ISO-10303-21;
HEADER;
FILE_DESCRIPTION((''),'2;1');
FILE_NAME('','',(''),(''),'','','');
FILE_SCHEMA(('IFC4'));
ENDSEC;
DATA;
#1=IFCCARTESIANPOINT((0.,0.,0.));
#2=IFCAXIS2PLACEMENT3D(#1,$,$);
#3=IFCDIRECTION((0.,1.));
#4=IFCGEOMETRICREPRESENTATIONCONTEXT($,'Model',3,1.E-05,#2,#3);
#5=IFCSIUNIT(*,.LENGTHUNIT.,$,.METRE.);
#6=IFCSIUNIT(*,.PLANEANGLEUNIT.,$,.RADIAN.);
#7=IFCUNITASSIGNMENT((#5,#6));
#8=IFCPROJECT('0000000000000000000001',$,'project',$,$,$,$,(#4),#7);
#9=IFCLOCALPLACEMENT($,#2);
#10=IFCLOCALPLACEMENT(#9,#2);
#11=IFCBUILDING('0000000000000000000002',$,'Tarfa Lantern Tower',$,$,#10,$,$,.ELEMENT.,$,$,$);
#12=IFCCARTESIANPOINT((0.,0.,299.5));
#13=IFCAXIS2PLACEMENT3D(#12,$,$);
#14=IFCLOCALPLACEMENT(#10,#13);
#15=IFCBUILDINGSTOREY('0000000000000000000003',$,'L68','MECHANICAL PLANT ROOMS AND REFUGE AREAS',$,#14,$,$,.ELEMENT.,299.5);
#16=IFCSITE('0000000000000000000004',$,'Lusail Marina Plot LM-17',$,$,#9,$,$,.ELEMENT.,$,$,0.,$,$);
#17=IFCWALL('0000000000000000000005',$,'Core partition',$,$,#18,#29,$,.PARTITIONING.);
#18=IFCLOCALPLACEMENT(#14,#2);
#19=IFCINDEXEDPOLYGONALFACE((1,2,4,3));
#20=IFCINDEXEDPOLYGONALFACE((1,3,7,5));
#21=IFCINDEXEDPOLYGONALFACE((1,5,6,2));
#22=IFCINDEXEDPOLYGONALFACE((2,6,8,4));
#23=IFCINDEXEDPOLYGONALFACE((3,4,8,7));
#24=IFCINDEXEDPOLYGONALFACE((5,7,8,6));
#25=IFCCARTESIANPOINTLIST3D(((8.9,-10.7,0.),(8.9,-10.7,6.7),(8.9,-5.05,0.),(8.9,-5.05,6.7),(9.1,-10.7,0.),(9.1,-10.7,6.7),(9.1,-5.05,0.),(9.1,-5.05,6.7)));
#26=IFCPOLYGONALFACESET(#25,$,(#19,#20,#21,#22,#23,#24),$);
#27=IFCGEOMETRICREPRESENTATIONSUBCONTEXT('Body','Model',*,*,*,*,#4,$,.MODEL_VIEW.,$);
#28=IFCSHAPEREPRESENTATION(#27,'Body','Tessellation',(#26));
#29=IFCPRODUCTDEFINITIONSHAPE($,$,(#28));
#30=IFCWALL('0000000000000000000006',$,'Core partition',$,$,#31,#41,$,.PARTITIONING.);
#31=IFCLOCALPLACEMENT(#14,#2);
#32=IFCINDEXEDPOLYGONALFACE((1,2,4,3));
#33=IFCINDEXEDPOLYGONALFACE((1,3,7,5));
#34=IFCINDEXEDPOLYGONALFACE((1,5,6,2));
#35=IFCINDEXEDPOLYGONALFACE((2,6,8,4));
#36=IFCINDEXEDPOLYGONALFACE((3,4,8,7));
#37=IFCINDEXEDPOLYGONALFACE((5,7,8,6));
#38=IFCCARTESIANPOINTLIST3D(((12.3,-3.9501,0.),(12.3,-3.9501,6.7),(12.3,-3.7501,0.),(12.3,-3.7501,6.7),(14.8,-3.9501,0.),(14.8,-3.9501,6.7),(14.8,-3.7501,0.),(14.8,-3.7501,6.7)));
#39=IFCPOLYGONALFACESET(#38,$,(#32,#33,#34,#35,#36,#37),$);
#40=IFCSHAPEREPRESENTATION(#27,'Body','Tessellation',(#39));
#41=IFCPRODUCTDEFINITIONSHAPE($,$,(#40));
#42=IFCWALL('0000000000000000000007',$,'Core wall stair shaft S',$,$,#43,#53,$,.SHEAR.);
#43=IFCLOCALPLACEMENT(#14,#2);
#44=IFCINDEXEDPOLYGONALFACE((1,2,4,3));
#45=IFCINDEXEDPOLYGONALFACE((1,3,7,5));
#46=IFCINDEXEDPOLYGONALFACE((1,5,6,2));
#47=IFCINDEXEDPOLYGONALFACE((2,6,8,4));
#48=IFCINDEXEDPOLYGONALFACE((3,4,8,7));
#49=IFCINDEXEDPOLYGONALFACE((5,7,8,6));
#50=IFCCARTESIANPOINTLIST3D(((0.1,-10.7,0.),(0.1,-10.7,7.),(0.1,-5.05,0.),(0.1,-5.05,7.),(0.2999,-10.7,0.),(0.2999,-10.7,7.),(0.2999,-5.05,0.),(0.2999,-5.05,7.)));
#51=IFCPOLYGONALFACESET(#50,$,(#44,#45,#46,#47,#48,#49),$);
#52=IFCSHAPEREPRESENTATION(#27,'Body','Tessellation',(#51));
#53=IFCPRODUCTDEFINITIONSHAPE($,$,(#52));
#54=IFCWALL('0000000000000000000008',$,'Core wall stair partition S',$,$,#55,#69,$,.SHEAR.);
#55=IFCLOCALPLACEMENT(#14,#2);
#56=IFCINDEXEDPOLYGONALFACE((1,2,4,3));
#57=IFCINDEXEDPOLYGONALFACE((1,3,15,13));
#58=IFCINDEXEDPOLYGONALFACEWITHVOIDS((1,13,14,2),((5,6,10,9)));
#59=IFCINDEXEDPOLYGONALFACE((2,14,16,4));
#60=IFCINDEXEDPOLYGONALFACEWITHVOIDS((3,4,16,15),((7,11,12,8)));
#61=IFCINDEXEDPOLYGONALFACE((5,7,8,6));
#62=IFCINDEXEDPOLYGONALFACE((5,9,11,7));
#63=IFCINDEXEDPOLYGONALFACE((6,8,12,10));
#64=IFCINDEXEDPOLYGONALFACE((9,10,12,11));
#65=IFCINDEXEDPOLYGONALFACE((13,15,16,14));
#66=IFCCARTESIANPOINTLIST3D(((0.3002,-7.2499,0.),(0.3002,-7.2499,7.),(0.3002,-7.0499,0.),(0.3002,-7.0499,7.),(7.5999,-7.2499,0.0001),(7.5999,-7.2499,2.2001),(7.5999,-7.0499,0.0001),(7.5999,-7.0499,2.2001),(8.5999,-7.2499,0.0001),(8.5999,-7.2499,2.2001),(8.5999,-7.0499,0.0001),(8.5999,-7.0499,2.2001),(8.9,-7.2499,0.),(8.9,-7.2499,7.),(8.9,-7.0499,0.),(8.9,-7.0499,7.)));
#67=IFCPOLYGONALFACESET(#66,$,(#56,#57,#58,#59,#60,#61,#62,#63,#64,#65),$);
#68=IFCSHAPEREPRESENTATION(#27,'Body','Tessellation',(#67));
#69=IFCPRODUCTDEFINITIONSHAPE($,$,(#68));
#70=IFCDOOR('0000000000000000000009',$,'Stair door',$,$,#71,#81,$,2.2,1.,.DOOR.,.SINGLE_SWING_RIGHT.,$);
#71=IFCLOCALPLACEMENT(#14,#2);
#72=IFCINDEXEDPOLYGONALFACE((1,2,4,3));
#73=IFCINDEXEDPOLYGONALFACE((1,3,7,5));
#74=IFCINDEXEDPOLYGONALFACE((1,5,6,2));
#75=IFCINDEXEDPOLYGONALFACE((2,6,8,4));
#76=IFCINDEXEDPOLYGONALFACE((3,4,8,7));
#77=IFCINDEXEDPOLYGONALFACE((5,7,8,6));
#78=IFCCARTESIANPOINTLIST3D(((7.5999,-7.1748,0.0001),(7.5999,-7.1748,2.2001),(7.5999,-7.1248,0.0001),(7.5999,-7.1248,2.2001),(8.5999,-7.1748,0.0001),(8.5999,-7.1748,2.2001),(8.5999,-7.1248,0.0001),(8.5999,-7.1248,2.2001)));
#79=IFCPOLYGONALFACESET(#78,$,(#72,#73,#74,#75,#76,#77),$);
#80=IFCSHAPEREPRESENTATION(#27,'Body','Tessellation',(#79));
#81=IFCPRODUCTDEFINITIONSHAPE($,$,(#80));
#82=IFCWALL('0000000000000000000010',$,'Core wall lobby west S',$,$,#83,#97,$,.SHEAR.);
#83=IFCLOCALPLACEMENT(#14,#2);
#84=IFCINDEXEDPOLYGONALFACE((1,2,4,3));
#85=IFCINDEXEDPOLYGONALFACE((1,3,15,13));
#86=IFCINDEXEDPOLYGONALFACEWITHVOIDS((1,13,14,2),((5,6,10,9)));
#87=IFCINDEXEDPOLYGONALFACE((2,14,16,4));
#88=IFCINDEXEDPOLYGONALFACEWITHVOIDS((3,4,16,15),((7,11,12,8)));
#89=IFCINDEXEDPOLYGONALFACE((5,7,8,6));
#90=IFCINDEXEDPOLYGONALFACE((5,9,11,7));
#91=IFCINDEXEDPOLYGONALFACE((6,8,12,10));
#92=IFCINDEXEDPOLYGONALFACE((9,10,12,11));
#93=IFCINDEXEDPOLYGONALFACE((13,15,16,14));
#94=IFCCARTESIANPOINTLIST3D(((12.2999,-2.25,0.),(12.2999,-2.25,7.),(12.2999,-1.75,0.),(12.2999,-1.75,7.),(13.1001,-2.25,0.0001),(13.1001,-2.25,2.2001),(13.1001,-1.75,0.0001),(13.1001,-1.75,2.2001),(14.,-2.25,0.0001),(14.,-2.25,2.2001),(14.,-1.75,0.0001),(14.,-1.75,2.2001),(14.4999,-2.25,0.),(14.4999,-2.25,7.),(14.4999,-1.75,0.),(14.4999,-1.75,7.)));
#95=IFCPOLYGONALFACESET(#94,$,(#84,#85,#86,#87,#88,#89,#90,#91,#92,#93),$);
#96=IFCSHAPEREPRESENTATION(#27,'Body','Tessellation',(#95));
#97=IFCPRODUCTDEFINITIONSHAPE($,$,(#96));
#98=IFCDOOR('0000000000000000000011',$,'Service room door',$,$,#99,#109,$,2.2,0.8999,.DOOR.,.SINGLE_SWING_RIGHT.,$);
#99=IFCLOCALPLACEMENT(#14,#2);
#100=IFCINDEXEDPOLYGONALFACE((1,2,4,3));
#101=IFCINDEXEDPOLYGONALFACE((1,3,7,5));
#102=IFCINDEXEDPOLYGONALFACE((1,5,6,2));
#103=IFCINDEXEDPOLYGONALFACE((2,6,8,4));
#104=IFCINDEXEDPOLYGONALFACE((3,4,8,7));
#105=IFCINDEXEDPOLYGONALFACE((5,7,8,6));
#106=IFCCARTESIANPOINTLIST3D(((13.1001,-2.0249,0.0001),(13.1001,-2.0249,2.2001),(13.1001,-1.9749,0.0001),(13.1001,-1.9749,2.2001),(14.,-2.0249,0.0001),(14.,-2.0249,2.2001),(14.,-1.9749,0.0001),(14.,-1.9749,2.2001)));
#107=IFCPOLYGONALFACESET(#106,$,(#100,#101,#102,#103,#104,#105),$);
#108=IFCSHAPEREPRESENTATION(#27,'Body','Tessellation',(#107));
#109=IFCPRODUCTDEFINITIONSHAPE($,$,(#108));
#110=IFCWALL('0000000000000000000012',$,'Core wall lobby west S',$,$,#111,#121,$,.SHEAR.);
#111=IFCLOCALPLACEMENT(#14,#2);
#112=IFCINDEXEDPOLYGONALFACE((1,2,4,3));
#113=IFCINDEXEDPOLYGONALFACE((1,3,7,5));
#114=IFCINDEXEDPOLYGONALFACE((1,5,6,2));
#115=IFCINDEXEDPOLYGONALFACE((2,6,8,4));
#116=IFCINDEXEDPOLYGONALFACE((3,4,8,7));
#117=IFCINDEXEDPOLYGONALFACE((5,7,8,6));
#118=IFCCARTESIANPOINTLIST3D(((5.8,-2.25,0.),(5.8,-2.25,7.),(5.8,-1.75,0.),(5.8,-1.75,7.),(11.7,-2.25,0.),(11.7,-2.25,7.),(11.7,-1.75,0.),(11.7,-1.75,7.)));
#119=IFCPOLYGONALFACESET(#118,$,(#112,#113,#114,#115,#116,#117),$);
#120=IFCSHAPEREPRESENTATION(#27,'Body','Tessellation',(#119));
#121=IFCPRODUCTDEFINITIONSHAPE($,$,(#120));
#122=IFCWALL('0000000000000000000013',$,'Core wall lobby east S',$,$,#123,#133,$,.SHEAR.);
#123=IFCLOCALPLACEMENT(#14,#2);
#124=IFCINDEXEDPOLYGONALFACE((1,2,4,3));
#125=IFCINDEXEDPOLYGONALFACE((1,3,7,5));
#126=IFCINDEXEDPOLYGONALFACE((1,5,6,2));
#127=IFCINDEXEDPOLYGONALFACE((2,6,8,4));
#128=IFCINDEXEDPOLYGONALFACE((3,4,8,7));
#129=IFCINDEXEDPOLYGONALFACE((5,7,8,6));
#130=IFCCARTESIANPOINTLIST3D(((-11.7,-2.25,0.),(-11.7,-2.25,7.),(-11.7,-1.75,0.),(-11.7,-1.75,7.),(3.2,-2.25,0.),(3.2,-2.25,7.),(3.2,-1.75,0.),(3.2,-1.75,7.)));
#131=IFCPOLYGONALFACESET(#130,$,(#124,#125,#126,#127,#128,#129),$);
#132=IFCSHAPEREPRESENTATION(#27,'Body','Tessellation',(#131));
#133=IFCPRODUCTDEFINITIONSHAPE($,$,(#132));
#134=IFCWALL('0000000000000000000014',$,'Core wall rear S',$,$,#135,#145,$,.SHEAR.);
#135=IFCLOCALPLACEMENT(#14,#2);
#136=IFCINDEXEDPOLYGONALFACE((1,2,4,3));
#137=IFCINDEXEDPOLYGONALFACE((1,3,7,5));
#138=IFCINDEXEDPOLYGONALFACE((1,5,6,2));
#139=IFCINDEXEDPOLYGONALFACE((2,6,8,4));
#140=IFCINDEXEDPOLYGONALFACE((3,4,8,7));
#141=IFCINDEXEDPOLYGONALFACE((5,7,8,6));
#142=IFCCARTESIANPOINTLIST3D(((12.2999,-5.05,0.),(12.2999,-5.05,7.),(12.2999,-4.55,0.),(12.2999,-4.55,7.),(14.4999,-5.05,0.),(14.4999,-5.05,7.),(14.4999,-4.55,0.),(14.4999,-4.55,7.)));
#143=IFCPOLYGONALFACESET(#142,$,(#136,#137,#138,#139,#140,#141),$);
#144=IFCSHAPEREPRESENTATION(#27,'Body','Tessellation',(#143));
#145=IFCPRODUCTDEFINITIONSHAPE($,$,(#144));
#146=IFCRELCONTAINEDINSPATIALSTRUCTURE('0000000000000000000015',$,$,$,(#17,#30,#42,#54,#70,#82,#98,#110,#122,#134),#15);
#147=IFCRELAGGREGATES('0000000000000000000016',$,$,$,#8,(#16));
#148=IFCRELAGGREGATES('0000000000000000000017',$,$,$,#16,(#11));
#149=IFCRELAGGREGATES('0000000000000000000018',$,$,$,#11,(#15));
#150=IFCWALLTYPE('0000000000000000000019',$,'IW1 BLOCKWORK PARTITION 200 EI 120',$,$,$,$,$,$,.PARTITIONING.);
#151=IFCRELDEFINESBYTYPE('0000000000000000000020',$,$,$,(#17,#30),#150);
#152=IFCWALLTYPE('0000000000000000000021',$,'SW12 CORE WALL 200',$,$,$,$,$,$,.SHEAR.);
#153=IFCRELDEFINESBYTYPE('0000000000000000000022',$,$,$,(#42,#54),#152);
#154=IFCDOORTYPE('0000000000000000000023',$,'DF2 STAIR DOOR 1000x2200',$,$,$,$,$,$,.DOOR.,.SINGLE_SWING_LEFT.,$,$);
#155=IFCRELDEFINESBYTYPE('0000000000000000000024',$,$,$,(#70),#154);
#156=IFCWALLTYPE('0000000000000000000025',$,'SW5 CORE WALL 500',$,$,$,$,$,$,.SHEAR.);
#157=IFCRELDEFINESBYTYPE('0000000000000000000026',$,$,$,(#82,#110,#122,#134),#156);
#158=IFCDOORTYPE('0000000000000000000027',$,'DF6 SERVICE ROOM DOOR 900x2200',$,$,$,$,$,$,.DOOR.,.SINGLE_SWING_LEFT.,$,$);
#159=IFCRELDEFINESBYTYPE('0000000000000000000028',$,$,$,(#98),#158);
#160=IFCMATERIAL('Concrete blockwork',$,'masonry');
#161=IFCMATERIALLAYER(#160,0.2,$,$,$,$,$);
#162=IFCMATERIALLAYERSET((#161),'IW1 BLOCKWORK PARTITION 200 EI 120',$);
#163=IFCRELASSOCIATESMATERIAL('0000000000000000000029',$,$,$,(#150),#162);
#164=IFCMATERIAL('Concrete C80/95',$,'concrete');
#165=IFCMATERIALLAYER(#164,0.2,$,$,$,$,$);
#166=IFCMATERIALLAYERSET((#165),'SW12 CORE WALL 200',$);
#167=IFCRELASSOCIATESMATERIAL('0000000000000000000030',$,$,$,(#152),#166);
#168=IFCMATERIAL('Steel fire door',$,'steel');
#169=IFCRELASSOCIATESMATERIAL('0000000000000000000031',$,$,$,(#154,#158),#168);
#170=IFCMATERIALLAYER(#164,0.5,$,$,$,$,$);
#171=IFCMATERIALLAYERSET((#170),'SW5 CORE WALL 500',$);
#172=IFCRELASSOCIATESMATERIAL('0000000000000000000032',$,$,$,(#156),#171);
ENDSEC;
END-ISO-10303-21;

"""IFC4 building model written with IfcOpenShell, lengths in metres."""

from ifc_helpers import new_model, si_unit, direction, frame, frame_2d, origin, place, context, subcontext, project, spatial, rectangle, extrude, material, layer, layer_set, type_object, element, fill, save


model = new_model("IFC4")

# Units and contexts
model_context = context("Model", 3, precision=1e-05, world=origin(), true_north=direction((0.0, 1.0)))
body_context = subcontext(model_context, "Body", "Model", "MODEL_VIEW")
ifc_project = project(units=[si_unit("LENGTHUNIT", "METRE"), si_unit("PLANEANGLEUNIT", "RADIAN")], contexts=[model_context])

# Site, building, storey
site_placement = place(None, origin())
site = spatial("IfcSite", under=ifc_project, at=site_placement, Name="Lusail Marina Plot LM-17", CompositionType="ELEMENT", RefElevation=0.0)
building_placement = place(site_placement, origin())
building = spatial("IfcBuilding", under=site, at=building_placement, Name="Tarfa Lantern Tower", CompositionType="ELEMENT")
storey_placement = place(building_placement, frame((0.0, 0.0, 299.5)))
storey = spatial("IfcBuildingStorey", under=building, at=storey_placement, Name="L68", Description="MECHANICAL PLANT ROOMS AND REFUGE AREAS", CompositionType="ELEMENT", Elevation=299.5)

# Walls
ifc_material_1 = material(Name="Concrete blockwork", Category="masonry")
ifc_layer_1 = layer(ifc_material_1, 0.2)
ifc_layer_set_1 = layer_set([ifc_layer_1], Name="IW1 BLOCKWORK PARTITION 200 EI 120")
wall_type_1 = type_object("IfcWallType", Name="IW1 BLOCKWORK PARTITION 200 EI 120", PredefinedType="PARTITIONING", material=ifc_layer_set_1)
wall_1_placement = place(storey_placement, frame((9.0, -5.05, 0.0), z_axis=(0.0, 0.0, 1.0), x_axis=(0.0, -1.0, 0.0)))
element("IfcWall", 1, at=wall_1_placement, inside=storey, type_object=wall_type_1, Name="Core partition", PredefinedType="PARTITIONING", context=body_context, shape_type="SweptSolid", body=[
    extrude(rectangle(XDim=5.6499, YDim=0.2, at=frame_2d((2.825, 0.0))), origin(), (0.0, 0.0, 1.0), 6.7),
])
wall_2_placement = place(storey_placement, frame((14.8, -3.8501, 0.0), z_axis=(0.0, 0.0, 1.0), x_axis=(-1.0, 0.0, 0.0)))
element("IfcWall", 2, at=wall_2_placement, inside=storey, type_object=wall_type_1, Name="Core partition", PredefinedType="PARTITIONING", context=body_context, shape_type="SweptSolid", body=[
    extrude(rectangle(XDim=2.5, YDim=0.2, at=frame_2d((1.25, 0.0))), origin(), (0.0, 0.0, 1.0), 6.7),
])
ifc_material_2 = material(Name="Concrete C80/95", Category="concrete")
ifc_layer_2 = layer(ifc_material_2, 0.2)
ifc_layer_set_2 = layer_set([ifc_layer_2], Name="SW12 CORE WALL 200")
wall_type_2 = type_object("IfcWallType", Name="SW12 CORE WALL 200", PredefinedType="SHEAR", material=ifc_layer_set_2)
wall_3_placement = place(storey_placement, frame((0.2, -5.05, 0.0), z_axis=(0.0, 0.0, 1.0), x_axis=(0.0, -1.0, 0.0)))
element("IfcWall", 3, at=wall_3_placement, inside=storey, type_object=wall_type_2, Name="Core wall stair shaft S", PredefinedType="SHEAR", context=body_context, shape_type="SweptSolid", body=[
    extrude(rectangle(XDim=5.6499, YDim=0.2, at=frame_2d((2.825, 0.0))), origin(), (0.0, 0.0, 1.0), 7.0),
])

# Walls, openings, doors
wall_4_placement = place(storey_placement, frame((8.8999, -7.1499, 0.0), z_axis=(0.0, 0.0, 1.0), x_axis=(-1.0, 0.0, 0.0)))
wall_4 = element("IfcWall", 4, at=wall_4_placement, inside=storey, type_object=wall_type_2, Name="Core wall stair partition S", PredefinedType="SHEAR", context=body_context, shape_type="SweptSolid", body=[
    extrude(rectangle(XDim=8.5999, YDim=0.2, at=frame_2d((4.2998, 0.0))), origin(), (0.0, 0.0, 1.0), 7.0),
])
opening_1_placement = place(wall_4_placement, frame((0.3, 0.0, 0.0)))
opening_1 = element("IfcOpeningElement", 5, at=opening_1_placement, cuts=wall_4, PredefinedType="OPENING", context=body_context, shape_type="SweptSolid", body=[
    extrude(rectangle(XDim=1.0, YDim=2.2, at=frame_2d((0.5, 1.1001))), frame((0.0, 0.1099, 0.0), z_axis=(0.0, -1.0, 0.0), x_axis=(1.0, 0.0, 0.0)), (0.0, 0.0, 1.0), 0.22),
])
ifc_material_3 = material(Name="Steel fire door", Category="steel")
door_type_1 = type_object("IfcDoorType", Name="DF2 STAIR DOOR 1000x2200", OperationType="SINGLE_SWING_LEFT", PredefinedType="DOOR", material=ifc_material_3)
door_1_placement = place(opening_1_placement, origin())
door_1 = element("IfcDoor", 6, at=door_1_placement, inside=storey, type_object=door_type_1, Name="Stair door", OperationType="SINGLE_SWING_RIGHT", OverallHeight=2.2, OverallWidth=1.0, PredefinedType="DOOR", context=body_context, shape_type="SweptSolid", body=[
    extrude(rectangle(XDim=1.0, YDim=2.2, at=frame_2d((0.5, 1.1001))), frame((0.0, 0.0249, 0.0), z_axis=(0.0, -1.0, 0.0), x_axis=(1.0, 0.0, 0.0)), (0.0, 0.0, 1.0), 0.05),
])
fill(opening_1, door_1)
ifc_layer_3 = layer(ifc_material_2, 0.5)
ifc_layer_set_3 = layer_set([ifc_layer_3], Name="SW5 CORE WALL 500")
wall_type_3 = type_object("IfcWallType", Name="SW5 CORE WALL 500", PredefinedType="SHEAR", material=ifc_layer_set_3)
wall_5_placement = place(storey_placement, frame((14.5, -2.0, 0.0), z_axis=(0.0, 0.0, 1.0), x_axis=(-1.0, 0.0, 0.0)))
wall_5 = element("IfcWall", 7, at=wall_5_placement, inside=storey, type_object=wall_type_3, Name="Core wall lobby west S", PredefinedType="SHEAR", context=body_context, shape_type="SweptSolid", body=[
    extrude(rectangle(XDim=2.2, YDim=0.5, at=frame_2d((1.1001, 0.0))), origin(), (0.0, 0.0, 1.0), 7.0),
])
opening_2_placement = place(wall_5_placement, frame((0.5, 0.0, 0.0)))
opening_2 = element("IfcOpeningElement", 8, at=opening_2_placement, cuts=wall_5, PredefinedType="OPENING", context=body_context, shape_type="SweptSolid", body=[
    extrude(rectangle(XDim=0.8999, YDim=2.2, at=frame_2d((0.45, 1.1001))), frame((0.0, 0.26, 0.0), z_axis=(0.0, -1.0, 0.0), x_axis=(1.0, 0.0, 0.0)), (0.0, 0.0, 1.0), 0.52),
])
door_type_2 = type_object("IfcDoorType", Name="DF6 SERVICE ROOM DOOR 900x2200", OperationType="SINGLE_SWING_LEFT", PredefinedType="DOOR", material=ifc_material_3)
door_2_placement = place(opening_2_placement, origin())
door_2 = element("IfcDoor", 9, at=door_2_placement, inside=storey, type_object=door_type_2, Name="Service room door", OperationType="SINGLE_SWING_RIGHT", OverallHeight=2.2, OverallWidth=0.8999, PredefinedType="DOOR", context=body_context, shape_type="SweptSolid", body=[
    extrude(rectangle(XDim=0.8999, YDim=2.2, at=frame_2d((0.45, 1.1001))), frame((0.0, 0.0249, 0.0), z_axis=(0.0, -1.0, 0.0), x_axis=(1.0, 0.0, 0.0)), (0.0, 0.0, 1.0), 0.05),
])
fill(opening_2, door_2)

# Walls
wall_6_placement = place(storey_placement, frame((11.7, -2.0, 0.0), z_axis=(0.0, 0.0, 1.0), x_axis=(-1.0, 0.0, 0.0)))
element("IfcWall", 10, at=wall_6_placement, inside=storey, type_object=wall_type_3, Name="Core wall lobby west S", PredefinedType="SHEAR", context=body_context, shape_type="SweptSolid", body=[
    extrude(rectangle(XDim=5.8999, YDim=0.5, at=frame_2d((2.95, 0.0))), origin(), (0.0, 0.0, 1.0), 7.0),
])
wall_7_placement = place(storey_placement, frame((3.2, -2.0, 0.0), z_axis=(0.0, 0.0, 1.0), x_axis=(-1.0, 0.0, 0.0)))
element("IfcWall", 11, at=wall_7_placement, inside=storey, type_object=wall_type_3, Name="Core wall lobby east S", PredefinedType="SHEAR", context=body_context, shape_type="SweptSolid", body=[
    extrude(rectangle(XDim=14.8999, YDim=0.5, at=frame_2d((7.45, 0.0))), origin(), (0.0, 0.0, 1.0), 7.0),
])
wall_8_placement = place(storey_placement, frame((14.5, -4.8, 0.0), z_axis=(0.0, 0.0, 1.0), x_axis=(-1.0, 0.0, 0.0)))
element("IfcWall", 12, at=wall_8_placement, inside=storey, type_object=wall_type_3, Name="Core wall rear S", PredefinedType="SHEAR", context=body_context, shape_type="SweptSolid", body=[
    extrude(rectangle(XDim=2.2, YDim=0.5, at=frame_2d((1.1001, 0.0))), origin(), (0.0, 0.0, 1.0), 7.0),
])

save(model, "model.ifc")
